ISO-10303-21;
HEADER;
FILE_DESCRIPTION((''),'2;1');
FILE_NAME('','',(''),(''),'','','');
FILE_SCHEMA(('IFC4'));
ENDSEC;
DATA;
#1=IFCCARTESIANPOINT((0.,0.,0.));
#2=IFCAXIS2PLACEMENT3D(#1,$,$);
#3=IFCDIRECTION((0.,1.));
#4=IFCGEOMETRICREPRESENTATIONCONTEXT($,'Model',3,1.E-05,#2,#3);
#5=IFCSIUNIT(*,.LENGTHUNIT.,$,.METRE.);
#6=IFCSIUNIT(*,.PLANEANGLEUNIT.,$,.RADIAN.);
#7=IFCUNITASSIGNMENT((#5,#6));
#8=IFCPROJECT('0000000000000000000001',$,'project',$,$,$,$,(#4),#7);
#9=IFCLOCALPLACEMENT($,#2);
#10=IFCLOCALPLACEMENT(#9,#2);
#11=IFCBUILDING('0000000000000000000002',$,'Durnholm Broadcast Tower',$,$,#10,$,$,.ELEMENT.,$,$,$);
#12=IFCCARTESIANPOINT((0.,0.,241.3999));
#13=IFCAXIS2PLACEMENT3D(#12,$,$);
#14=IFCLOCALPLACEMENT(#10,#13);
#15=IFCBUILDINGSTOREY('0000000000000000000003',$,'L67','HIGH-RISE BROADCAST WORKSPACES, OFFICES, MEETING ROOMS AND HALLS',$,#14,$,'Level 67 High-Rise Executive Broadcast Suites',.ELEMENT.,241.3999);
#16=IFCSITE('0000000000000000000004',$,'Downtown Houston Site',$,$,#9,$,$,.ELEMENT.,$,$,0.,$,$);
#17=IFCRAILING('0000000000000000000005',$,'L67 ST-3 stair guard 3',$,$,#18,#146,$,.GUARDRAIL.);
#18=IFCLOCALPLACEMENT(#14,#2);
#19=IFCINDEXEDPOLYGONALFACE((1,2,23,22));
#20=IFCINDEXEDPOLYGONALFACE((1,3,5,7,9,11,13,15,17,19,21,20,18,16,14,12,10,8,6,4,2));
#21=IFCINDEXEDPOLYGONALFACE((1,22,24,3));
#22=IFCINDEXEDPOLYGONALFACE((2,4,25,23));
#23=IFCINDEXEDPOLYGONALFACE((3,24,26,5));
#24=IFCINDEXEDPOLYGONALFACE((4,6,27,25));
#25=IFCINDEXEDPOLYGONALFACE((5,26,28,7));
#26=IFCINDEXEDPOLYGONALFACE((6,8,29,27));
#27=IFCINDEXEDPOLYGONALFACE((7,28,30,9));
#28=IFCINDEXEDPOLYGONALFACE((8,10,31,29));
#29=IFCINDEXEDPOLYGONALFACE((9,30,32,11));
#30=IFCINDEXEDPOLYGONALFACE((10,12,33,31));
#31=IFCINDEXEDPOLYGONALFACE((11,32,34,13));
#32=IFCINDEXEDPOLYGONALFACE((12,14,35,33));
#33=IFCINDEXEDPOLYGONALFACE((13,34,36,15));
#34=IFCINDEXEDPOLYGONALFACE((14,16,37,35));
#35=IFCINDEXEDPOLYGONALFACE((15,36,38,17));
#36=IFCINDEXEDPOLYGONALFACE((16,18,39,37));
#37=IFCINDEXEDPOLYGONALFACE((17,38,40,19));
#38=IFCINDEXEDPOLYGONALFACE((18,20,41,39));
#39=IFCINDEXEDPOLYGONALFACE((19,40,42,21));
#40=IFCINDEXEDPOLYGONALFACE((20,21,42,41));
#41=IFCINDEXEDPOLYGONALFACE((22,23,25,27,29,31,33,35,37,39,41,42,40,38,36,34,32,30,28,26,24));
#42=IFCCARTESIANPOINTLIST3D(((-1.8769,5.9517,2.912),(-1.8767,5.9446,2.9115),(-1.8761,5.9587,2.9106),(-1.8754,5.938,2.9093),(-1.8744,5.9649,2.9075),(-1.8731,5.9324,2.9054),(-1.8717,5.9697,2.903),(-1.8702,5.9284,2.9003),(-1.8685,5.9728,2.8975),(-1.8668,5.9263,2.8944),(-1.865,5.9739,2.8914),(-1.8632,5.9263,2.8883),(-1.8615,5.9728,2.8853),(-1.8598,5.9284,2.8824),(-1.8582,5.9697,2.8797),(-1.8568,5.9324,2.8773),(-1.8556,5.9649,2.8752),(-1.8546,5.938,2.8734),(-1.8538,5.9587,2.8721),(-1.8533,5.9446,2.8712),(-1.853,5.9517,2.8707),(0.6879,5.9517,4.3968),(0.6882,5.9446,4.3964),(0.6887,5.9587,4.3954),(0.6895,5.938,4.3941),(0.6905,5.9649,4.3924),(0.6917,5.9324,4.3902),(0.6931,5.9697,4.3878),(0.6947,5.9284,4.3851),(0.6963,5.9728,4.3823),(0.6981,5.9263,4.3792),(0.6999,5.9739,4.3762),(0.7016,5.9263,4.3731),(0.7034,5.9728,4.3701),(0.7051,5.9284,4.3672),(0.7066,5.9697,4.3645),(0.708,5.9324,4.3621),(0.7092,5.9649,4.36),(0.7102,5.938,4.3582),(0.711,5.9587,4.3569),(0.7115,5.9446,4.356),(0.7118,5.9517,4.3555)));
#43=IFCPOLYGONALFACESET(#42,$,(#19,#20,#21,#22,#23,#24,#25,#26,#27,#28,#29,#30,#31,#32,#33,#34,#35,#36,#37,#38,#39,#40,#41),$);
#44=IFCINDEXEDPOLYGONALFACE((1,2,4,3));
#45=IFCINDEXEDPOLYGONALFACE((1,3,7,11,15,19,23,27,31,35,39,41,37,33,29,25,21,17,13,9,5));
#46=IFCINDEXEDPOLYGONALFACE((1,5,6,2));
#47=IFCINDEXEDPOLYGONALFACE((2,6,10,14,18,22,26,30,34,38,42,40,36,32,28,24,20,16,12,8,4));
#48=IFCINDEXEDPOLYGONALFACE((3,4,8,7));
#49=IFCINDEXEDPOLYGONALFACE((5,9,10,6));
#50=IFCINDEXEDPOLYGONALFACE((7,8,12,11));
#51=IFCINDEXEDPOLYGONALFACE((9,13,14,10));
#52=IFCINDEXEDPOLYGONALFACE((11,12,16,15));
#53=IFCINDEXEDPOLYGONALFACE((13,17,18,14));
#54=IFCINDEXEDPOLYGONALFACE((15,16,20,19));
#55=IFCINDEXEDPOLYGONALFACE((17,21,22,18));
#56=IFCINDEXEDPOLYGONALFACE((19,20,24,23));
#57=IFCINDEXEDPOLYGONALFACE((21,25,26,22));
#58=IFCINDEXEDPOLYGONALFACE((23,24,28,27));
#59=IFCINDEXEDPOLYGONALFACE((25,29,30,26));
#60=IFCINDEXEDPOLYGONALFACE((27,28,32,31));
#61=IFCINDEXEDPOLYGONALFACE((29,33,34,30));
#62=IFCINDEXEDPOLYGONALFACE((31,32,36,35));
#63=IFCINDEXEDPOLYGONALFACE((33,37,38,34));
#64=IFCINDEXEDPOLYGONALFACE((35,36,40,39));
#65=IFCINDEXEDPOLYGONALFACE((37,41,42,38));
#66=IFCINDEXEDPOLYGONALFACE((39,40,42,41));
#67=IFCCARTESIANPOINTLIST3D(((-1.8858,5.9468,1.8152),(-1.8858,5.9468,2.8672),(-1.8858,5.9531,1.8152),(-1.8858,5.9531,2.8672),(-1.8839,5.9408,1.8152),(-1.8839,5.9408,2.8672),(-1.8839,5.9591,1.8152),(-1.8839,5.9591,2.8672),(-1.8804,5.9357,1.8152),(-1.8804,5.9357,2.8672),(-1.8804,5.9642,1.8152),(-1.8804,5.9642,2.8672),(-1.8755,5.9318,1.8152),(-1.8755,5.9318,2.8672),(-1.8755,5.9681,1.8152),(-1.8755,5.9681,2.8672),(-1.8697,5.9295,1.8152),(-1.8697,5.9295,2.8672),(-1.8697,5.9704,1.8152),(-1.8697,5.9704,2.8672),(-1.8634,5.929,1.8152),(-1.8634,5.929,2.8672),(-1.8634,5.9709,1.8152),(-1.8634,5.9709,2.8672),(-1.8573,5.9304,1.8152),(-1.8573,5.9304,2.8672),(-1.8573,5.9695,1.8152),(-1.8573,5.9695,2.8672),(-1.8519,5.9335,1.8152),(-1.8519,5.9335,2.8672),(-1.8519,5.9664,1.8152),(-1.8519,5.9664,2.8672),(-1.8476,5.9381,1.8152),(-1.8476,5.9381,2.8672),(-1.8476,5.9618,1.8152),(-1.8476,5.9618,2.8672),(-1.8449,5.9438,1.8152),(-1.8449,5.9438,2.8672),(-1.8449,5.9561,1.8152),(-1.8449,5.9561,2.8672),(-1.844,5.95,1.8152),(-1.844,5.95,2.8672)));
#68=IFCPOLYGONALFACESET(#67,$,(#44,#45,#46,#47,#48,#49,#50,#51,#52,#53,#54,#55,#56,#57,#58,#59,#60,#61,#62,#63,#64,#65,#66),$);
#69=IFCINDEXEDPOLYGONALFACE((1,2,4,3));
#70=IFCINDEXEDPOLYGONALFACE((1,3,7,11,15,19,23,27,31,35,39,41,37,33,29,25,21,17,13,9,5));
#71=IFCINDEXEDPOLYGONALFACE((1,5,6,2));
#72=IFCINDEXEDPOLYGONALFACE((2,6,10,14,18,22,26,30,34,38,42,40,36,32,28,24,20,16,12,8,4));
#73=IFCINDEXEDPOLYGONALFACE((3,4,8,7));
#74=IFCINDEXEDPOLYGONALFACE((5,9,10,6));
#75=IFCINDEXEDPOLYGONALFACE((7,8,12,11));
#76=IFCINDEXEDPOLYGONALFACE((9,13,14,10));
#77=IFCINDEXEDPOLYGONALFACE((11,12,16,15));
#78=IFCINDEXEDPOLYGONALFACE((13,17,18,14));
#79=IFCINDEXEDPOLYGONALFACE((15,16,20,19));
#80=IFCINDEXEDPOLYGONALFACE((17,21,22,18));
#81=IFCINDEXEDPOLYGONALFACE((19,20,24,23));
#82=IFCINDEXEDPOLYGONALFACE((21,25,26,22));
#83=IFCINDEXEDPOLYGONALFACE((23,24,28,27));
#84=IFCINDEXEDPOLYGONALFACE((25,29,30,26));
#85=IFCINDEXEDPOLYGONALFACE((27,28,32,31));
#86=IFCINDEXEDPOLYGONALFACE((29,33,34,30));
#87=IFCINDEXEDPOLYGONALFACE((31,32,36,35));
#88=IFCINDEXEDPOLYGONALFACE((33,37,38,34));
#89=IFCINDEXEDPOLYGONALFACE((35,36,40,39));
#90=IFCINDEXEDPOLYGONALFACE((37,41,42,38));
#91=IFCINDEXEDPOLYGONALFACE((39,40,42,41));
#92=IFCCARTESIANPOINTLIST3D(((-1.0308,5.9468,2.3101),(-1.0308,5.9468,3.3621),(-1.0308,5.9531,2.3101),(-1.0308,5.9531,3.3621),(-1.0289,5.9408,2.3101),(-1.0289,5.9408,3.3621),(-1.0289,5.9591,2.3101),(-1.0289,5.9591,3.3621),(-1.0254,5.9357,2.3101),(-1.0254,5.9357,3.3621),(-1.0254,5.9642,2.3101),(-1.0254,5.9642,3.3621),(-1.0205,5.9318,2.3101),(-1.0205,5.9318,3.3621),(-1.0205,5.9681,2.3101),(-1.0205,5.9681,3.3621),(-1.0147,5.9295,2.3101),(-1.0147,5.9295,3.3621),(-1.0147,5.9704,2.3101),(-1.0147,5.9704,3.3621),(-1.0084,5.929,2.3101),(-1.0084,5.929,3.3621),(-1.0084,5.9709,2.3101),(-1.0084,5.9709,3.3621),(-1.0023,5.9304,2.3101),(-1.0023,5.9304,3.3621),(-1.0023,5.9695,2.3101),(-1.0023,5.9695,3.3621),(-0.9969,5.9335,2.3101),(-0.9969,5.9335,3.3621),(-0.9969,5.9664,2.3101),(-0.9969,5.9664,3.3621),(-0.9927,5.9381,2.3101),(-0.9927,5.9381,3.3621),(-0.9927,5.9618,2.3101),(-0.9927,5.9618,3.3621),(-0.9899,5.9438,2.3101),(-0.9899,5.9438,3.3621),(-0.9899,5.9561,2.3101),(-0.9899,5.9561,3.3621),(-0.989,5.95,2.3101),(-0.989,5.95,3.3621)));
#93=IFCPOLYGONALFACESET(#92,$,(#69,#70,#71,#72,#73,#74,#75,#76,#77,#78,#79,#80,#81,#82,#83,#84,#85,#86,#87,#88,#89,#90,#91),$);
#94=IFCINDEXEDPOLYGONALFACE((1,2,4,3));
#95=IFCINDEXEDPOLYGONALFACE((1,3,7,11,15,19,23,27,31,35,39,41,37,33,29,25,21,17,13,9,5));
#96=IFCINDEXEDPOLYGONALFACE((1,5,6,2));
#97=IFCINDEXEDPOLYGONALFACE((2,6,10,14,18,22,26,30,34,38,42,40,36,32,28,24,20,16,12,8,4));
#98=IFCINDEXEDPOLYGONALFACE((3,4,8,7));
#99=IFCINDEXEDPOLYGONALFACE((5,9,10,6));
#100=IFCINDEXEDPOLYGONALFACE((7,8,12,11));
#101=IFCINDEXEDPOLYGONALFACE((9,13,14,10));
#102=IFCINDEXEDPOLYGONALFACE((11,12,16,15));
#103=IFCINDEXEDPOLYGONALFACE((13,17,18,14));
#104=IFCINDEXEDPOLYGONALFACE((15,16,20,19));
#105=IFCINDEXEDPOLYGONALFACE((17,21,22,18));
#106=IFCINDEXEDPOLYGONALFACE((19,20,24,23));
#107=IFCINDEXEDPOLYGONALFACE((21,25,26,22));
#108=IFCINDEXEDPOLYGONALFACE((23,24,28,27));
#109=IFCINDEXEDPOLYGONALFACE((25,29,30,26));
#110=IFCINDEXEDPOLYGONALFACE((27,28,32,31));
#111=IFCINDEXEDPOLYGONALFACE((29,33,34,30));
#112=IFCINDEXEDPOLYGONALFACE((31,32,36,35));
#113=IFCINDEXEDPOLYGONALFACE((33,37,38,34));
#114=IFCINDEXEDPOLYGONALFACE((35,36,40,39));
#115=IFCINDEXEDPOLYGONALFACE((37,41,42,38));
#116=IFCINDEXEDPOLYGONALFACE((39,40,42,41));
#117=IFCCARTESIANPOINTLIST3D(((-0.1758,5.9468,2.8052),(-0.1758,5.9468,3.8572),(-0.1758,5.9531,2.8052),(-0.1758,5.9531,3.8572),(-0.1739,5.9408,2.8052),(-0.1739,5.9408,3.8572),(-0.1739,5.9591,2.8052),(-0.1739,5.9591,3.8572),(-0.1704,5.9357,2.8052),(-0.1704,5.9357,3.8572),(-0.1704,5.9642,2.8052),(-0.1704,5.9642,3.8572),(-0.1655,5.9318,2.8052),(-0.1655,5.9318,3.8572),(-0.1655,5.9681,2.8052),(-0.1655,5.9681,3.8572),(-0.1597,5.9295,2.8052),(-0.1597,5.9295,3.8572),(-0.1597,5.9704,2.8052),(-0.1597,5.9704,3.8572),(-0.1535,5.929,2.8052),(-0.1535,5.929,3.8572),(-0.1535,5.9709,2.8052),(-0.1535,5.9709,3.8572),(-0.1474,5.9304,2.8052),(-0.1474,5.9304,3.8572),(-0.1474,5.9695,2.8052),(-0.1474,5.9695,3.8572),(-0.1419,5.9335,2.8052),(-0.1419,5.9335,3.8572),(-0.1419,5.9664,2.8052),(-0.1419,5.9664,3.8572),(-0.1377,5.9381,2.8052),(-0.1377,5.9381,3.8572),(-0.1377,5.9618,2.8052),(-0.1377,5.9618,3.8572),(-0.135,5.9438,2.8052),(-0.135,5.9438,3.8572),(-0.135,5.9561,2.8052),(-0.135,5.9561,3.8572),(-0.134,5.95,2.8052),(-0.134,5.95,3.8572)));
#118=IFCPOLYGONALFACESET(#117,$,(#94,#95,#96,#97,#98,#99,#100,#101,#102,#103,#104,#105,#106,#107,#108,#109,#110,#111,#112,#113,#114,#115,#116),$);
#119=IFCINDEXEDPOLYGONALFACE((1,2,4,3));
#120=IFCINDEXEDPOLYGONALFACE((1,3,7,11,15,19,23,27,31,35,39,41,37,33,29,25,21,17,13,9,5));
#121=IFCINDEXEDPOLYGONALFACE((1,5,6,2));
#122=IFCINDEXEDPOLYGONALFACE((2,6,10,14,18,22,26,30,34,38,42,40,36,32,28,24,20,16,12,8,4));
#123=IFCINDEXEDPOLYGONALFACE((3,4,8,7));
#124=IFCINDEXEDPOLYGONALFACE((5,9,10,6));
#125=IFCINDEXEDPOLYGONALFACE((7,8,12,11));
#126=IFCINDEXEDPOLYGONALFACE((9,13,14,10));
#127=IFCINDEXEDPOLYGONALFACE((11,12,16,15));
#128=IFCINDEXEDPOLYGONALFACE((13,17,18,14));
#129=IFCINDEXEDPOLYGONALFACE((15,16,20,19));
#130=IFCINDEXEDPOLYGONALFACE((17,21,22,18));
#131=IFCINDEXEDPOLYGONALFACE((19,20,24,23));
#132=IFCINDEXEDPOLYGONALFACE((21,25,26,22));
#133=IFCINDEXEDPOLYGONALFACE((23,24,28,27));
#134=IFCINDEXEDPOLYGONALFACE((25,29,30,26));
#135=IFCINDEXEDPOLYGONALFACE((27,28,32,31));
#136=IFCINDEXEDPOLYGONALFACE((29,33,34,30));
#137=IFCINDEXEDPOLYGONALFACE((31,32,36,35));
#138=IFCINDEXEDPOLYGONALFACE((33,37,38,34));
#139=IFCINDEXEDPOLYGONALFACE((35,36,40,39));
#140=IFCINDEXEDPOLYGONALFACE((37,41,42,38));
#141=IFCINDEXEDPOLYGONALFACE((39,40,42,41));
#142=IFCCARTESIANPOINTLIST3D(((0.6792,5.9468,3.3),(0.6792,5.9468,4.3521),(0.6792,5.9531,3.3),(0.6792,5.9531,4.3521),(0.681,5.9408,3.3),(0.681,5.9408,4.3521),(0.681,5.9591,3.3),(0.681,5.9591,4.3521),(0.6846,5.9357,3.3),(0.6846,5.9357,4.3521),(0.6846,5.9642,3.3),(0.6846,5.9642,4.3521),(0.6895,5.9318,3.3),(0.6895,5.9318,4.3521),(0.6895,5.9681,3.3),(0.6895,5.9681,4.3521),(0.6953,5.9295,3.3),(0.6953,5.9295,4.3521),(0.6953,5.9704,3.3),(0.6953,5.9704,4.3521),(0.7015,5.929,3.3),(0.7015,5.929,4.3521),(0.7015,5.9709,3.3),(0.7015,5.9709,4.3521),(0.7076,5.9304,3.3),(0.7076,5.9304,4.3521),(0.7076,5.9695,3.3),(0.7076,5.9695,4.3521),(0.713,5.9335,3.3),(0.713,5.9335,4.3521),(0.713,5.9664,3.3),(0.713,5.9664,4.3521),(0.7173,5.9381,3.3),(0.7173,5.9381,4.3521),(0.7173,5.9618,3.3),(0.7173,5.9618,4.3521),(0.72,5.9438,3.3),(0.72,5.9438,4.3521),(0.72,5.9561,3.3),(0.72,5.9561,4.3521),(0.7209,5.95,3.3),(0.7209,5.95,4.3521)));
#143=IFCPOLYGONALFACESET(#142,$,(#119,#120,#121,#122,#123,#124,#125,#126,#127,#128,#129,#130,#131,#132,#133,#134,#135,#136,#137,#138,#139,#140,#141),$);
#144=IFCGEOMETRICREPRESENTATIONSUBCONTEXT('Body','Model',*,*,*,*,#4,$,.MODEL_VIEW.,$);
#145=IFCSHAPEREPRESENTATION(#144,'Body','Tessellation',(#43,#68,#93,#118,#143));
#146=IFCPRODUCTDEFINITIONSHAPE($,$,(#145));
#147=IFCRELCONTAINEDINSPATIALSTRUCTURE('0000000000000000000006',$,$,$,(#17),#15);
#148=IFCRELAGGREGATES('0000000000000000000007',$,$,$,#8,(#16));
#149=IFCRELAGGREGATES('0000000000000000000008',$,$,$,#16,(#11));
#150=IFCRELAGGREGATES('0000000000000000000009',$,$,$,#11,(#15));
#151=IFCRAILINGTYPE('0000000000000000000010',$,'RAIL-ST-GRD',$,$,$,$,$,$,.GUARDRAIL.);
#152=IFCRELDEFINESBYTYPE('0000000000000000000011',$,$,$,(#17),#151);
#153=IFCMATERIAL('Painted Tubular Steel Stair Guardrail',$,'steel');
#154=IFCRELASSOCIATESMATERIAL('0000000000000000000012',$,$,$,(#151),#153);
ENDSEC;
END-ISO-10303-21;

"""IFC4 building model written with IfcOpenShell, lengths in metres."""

from ifc_helpers import new_model, si_unit, direction, frame, origin, origin_2d, place, context, subcontext, project, spatial, circle, extrude, material, type_object, element, save


model = new_model("IFC4")

# Units and contexts
model_context = context("Model", 3, precision=1e-05, world=origin(), true_north=direction((0.0, 1.0)))
body_context = subcontext(model_context, "Body", "Model", "MODEL_VIEW")
ifc_project = project(units=[si_unit("LENGTHUNIT", "METRE"), si_unit("PLANEANGLEUNIT", "RADIAN")], contexts=[model_context])

# Site, building, storey
site_placement = place(None, origin())
site = spatial("IfcSite", under=ifc_project, at=site_placement, Name="Downtown Houston Site", CompositionType="ELEMENT", RefElevation=0.0)
building_placement = place(site_placement, origin())
building = spatial("IfcBuilding", under=site, at=building_placement, Name="Durnholm Broadcast Tower", CompositionType="ELEMENT")
storey_placement = place(building_placement, frame((0.0, 0.0, 241.3999)))
storey = spatial("IfcBuildingStorey", under=building, at=storey_placement, Name="L67", Description="HIGH-RISE BROADCAST WORKSPACES, OFFICES, MEETING ROOMS AND HALLS", LongName="Level 67 High-Rise Executive Broadcast Suites", CompositionType="ELEMENT", Elevation=241.3999)

# Railing
ifc_material_1 = material(Name="Painted Tubular Steel Stair Guardrail", Category="steel")
railing_type_1 = type_object("IfcRailingType", Name="RAIL-ST-GRD", PredefinedType="GUARDRAIL", material=ifc_material_1)
railing_1_placement = place(storey_placement, frame((-1.865, 5.95, 1.8152)))
element("IfcRailing", 1, at=railing_1_placement, inside=storey, type_object=railing_type_1, Name="L67 ST-3 stair guard 3", PredefinedType="GUARDRAIL", context=body_context, shape_type="SweptSolid", body=[
    extrude(circle(Radius=0.0239, at=origin_2d()), frame((0.0, 0.0, 1.0762), z_axis=(0.865441, 0.0, 0.50101), x_axis=(0.0, 1.0, 0.0)), (0.0, 0.0, 1.0), 2.9636),
    extrude(circle(Radius=0.021, at=origin_2d()), origin(), (0.0, 0.0, 1.0), 1.052),
    extrude(circle(Radius=0.021, at=origin_2d()), frame((0.855, 0.0, 0.4949)), (0.0, 0.0, 1.0), 1.052),
    extrude(circle(Radius=0.021, at=origin_2d()), frame((1.71, 0.0, 0.99)), (0.0, 0.0, 1.0), 1.052),
    extrude(circle(Radius=0.021, at=origin_2d()), frame((2.5649, 0.0, 1.4849)), (0.0, 0.0, 1.0), 1.052),
])

save(model, "model.ifc")
